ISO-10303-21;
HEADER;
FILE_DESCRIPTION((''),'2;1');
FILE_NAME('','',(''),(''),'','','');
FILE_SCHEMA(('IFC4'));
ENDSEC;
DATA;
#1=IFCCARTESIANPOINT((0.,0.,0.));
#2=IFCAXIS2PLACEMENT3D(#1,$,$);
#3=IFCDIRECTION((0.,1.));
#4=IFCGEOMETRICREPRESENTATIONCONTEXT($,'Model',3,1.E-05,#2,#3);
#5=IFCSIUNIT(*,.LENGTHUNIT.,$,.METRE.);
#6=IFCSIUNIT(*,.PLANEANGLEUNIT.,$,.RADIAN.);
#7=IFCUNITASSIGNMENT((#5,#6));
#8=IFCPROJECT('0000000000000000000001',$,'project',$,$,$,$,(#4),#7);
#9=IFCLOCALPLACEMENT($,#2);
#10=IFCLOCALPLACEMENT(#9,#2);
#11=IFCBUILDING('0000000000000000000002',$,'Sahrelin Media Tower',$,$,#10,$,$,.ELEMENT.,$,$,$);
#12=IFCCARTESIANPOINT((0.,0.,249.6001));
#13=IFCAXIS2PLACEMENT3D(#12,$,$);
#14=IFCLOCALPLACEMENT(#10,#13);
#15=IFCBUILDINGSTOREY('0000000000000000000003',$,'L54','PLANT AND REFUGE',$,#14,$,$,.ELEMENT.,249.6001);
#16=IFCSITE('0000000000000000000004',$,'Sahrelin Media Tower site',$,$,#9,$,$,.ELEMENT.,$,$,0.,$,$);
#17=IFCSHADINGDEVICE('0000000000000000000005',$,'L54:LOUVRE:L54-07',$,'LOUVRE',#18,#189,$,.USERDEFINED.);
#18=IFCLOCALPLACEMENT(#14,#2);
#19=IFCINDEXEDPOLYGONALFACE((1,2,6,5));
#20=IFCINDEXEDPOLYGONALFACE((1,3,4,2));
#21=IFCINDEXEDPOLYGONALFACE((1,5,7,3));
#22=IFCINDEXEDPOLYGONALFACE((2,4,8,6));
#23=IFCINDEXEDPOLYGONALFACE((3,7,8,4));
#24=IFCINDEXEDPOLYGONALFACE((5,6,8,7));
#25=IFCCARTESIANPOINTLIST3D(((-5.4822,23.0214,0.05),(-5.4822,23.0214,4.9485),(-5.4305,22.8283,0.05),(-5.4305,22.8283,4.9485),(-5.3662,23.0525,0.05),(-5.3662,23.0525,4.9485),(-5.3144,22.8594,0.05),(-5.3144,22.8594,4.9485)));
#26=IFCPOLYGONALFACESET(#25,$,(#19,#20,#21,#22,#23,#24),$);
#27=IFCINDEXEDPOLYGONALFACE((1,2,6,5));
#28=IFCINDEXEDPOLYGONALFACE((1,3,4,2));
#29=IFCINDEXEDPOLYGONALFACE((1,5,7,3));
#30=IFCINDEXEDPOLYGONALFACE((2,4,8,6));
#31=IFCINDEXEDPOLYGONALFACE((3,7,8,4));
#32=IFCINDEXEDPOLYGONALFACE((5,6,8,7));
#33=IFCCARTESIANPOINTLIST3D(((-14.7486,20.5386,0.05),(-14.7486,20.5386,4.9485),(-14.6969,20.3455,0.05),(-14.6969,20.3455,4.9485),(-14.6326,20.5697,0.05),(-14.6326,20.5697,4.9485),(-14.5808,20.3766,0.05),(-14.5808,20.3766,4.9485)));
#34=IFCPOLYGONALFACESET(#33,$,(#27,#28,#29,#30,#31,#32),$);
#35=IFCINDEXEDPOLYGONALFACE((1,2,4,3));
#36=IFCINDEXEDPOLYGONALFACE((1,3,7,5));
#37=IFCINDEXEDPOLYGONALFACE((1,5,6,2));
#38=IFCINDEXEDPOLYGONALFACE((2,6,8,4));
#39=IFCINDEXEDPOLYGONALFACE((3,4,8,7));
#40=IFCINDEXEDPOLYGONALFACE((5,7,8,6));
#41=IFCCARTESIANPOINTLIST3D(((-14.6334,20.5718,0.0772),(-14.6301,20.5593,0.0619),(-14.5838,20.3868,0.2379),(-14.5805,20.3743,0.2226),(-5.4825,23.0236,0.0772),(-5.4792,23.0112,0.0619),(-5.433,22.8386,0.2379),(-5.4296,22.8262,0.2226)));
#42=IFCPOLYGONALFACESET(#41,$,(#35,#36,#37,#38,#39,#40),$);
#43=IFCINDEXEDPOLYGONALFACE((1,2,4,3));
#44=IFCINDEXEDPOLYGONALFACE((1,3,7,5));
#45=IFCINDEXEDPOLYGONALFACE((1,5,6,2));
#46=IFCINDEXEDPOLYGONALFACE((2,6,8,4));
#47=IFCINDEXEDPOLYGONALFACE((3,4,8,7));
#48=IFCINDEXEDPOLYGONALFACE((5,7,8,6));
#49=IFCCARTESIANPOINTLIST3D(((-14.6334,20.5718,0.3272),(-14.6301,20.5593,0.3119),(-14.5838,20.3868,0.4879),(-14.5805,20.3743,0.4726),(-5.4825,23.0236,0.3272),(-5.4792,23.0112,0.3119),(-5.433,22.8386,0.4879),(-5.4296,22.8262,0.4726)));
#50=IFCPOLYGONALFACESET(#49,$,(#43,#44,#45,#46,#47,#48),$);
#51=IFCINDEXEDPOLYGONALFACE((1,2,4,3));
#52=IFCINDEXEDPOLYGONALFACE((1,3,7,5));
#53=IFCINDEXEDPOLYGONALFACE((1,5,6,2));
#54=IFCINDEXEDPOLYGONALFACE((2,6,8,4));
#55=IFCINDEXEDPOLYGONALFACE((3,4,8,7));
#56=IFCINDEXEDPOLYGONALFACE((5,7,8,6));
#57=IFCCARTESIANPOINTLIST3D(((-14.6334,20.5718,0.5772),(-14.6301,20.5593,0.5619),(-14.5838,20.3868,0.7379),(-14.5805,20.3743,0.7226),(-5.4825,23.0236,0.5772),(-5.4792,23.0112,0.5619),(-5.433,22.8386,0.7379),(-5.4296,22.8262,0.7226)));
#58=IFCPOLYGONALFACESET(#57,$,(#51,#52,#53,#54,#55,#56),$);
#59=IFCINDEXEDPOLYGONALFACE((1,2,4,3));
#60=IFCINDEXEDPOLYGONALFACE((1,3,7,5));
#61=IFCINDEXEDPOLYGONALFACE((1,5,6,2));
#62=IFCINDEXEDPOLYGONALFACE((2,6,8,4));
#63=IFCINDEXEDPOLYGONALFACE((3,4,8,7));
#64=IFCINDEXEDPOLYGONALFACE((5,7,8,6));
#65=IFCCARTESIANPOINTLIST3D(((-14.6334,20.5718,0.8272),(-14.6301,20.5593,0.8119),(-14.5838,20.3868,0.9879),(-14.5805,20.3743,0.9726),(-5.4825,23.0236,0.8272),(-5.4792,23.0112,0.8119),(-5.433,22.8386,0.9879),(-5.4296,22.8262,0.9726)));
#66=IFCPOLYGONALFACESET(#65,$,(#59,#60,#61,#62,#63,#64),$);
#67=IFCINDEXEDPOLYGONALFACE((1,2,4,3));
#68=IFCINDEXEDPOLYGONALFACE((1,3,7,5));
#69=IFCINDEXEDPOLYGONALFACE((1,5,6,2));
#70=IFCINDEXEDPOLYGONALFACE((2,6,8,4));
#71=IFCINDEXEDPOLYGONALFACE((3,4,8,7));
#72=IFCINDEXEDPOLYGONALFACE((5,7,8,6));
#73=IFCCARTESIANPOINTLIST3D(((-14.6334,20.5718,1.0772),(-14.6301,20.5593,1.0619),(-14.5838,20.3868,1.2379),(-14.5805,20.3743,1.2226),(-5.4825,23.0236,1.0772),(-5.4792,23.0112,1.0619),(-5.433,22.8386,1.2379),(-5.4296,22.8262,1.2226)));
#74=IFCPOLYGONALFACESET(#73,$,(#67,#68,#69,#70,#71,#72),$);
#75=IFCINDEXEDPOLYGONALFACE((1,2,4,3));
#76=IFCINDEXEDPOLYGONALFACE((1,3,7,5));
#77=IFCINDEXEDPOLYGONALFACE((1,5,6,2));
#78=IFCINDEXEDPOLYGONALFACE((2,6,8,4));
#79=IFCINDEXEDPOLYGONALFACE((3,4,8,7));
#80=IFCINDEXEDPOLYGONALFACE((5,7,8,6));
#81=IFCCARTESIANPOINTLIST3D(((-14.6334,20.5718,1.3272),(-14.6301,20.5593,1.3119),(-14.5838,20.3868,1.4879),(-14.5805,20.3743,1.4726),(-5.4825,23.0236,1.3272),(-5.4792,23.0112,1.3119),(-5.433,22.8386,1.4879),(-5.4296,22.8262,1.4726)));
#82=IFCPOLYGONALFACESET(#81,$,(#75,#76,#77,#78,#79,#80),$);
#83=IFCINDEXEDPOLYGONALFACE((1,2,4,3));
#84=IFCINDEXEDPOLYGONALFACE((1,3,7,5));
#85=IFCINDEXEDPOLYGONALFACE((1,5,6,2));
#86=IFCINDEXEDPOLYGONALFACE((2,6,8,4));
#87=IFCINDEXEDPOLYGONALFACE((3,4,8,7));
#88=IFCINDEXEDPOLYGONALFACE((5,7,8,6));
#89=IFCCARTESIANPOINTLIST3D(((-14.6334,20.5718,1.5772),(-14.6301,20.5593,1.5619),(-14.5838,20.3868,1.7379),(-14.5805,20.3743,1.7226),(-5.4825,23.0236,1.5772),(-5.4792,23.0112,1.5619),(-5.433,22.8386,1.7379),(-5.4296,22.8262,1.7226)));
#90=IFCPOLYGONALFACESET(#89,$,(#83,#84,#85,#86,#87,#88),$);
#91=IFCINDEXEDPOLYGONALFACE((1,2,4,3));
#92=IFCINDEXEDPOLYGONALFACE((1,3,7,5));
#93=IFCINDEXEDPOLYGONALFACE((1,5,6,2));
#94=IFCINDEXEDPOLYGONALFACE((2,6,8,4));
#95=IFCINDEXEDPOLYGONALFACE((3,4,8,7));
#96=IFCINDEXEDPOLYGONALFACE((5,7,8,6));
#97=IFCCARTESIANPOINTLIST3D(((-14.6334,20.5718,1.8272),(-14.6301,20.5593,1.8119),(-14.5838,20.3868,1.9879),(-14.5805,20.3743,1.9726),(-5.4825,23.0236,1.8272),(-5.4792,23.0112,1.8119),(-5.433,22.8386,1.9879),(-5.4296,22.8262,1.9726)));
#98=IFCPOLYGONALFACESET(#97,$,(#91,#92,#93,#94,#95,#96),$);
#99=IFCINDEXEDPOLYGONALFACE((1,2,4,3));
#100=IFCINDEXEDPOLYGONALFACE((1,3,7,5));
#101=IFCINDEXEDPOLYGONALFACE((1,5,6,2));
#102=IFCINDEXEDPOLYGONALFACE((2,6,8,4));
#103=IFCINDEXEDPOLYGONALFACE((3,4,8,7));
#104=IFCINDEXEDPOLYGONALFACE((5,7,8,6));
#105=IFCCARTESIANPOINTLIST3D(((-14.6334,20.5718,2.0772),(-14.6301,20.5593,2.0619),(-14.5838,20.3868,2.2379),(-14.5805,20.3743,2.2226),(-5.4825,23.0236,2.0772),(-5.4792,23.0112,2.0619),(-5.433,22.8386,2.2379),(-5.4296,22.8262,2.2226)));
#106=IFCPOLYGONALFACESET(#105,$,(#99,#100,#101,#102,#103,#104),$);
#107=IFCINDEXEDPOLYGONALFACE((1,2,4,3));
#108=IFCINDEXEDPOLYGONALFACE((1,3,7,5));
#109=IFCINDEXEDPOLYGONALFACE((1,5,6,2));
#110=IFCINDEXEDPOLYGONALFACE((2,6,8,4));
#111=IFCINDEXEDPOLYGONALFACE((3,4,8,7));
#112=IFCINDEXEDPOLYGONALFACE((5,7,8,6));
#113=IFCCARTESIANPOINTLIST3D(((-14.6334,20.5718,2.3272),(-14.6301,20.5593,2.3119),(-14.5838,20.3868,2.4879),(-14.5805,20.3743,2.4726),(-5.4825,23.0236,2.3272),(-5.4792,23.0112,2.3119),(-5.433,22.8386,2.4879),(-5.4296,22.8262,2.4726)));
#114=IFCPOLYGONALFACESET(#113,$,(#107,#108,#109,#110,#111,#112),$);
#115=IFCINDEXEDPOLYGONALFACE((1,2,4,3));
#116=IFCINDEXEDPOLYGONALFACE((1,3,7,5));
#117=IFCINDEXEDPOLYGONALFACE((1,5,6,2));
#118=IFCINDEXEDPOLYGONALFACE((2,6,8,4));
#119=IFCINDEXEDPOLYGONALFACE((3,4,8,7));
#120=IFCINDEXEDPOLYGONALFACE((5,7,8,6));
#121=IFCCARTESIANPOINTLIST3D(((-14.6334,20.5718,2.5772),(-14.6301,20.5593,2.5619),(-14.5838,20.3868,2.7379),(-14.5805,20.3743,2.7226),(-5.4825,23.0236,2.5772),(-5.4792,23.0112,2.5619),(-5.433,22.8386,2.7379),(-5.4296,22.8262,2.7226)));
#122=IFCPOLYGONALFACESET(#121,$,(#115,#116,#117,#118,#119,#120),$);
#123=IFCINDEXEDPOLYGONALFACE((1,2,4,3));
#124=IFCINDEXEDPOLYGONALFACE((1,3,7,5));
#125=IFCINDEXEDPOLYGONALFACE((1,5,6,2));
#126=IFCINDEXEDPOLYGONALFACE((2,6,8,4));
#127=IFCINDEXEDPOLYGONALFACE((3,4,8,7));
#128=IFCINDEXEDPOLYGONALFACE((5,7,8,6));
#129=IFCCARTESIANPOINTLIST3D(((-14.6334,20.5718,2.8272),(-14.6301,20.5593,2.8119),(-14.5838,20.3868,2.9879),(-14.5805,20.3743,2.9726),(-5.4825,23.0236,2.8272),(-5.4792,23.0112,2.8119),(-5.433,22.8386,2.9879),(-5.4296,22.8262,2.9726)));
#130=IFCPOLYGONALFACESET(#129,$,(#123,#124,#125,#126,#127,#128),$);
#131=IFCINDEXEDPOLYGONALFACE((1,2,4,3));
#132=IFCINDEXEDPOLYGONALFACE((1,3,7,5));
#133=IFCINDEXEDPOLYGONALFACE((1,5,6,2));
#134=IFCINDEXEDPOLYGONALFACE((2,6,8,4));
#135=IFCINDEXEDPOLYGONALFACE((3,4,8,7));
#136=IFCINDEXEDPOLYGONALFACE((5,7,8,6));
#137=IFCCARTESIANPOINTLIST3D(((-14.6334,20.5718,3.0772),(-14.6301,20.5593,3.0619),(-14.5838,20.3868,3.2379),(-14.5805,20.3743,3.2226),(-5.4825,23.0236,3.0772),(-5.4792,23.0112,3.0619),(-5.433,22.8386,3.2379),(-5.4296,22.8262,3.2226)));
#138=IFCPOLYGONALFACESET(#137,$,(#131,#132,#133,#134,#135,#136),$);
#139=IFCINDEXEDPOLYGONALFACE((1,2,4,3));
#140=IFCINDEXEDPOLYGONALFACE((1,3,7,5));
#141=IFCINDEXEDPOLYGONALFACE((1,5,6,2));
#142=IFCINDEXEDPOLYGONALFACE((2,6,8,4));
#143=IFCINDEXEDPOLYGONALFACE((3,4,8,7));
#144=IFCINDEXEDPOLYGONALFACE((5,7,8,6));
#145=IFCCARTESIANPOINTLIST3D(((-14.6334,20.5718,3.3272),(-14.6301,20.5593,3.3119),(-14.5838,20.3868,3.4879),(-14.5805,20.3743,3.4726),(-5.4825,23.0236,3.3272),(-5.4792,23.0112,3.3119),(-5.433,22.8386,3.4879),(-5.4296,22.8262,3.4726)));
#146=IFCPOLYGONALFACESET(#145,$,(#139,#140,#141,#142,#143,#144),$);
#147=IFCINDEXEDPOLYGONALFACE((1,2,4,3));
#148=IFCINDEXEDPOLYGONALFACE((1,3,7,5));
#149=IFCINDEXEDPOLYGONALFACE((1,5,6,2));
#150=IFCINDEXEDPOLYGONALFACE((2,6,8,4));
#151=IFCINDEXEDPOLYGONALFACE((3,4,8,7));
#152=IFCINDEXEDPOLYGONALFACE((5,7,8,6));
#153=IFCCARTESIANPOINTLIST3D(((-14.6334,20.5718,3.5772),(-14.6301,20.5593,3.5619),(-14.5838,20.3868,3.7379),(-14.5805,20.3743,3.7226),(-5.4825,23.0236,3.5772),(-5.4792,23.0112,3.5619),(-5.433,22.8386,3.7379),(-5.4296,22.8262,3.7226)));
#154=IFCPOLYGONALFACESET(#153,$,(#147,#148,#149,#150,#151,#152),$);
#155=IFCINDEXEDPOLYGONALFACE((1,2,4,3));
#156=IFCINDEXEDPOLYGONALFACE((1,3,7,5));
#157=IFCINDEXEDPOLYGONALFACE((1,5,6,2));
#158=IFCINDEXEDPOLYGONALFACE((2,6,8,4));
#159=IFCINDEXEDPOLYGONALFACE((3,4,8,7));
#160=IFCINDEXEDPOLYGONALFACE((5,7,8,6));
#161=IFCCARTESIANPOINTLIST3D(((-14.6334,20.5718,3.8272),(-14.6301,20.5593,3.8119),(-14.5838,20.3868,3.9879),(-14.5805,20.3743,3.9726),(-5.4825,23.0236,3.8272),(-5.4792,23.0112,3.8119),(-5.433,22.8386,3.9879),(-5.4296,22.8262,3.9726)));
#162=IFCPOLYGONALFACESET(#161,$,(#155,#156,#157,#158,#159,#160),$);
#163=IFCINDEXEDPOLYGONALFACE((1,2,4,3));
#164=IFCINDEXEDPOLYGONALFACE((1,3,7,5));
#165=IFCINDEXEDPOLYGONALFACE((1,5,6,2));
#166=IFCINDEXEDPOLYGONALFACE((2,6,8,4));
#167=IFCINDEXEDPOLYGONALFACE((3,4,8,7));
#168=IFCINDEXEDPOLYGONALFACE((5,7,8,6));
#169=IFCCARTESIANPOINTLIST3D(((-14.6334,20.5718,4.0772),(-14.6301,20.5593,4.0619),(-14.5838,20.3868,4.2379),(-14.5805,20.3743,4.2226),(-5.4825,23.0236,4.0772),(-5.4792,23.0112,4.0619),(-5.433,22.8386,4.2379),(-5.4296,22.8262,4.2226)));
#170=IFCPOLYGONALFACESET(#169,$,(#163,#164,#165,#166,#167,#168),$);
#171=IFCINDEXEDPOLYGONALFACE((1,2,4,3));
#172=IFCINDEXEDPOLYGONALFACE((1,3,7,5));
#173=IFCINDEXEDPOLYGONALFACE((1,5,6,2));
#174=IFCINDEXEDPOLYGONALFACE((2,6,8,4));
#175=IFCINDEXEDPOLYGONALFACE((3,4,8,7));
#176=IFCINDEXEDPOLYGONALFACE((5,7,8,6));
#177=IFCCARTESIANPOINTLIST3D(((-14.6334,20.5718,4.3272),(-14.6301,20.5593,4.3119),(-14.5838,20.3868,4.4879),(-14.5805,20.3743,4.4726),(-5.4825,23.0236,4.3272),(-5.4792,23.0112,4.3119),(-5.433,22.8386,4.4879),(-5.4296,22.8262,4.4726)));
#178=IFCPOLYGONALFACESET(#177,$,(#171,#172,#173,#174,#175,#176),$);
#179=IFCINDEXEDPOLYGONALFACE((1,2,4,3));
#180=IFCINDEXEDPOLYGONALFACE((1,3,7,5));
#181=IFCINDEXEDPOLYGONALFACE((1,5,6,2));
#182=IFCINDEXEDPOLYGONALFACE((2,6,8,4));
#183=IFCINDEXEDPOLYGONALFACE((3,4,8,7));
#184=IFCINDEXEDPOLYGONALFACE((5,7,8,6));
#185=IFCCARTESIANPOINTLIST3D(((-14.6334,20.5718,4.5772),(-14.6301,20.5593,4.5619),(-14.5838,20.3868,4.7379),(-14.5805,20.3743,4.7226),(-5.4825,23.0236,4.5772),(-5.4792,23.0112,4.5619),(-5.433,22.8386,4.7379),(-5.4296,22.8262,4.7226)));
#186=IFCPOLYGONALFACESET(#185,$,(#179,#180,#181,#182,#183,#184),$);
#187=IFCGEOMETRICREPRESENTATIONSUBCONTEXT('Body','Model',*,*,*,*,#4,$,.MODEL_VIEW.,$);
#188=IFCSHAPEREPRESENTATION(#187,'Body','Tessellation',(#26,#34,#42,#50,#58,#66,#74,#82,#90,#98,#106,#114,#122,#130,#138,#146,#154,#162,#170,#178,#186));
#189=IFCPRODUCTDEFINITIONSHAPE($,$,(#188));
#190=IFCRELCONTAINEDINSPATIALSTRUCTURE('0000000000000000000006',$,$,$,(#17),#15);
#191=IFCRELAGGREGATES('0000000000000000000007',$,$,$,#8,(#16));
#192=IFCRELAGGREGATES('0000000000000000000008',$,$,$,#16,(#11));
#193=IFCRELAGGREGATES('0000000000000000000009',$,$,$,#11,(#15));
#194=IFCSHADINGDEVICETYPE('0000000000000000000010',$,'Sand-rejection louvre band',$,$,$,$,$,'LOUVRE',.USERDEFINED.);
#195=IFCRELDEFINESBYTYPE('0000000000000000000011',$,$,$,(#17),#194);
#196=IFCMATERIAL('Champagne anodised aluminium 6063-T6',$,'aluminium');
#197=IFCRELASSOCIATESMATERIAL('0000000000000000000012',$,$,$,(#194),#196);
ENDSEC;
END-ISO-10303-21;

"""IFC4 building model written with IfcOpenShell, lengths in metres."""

from ifc_helpers import new_model, si_unit, direction, frame, origin, origin_2d, place, context, subcontext, project, spatial, rectangle, extrude, material, type_object, element, save


model = new_model("IFC4")

# Units and contexts
model_context = context("Model", 3, precision=1e-05, world=origin(), true_north=direction((0.0, 1.0)))
body_context = subcontext(model_context, "Body", "Model", "MODEL_VIEW")
ifc_project = project(units=[si_unit("LENGTHUNIT", "METRE"), si_unit("PLANEANGLEUNIT", "RADIAN")], contexts=[model_context])

# Site, building, storey
site_placement = place(None, origin())
site = spatial("IfcSite", under=ifc_project, at=site_placement, Name="Sahrelin Media Tower site", CompositionType="ELEMENT", RefElevation=0.0)
building_placement = place(site_placement, origin())
building = spatial("IfcBuilding", under=site, at=building_placement, Name="Sahrelin Media Tower", CompositionType="ELEMENT")
storey_placement = place(building_placement, frame((0.0, 0.0, 249.6001)))
storey = spatial("IfcBuildingStorey", under=building, at=storey_placement, Name="L54", Description="PLANT AND REFUGE", CompositionType="ELEMENT", Elevation=249.6001)

# Shading device
ifc_material_1 = material(Name="Champagne anodised aluminium 6063-T6", Category="aluminium")
shading_device_type = type_object("IfcShadingDeviceType", Name="Sand-rejection louvre band", ElementType="LOUVRE", PredefinedType="USERDEFINED", material=ifc_material_1)
shading_device_1_placement = place(storey_placement, frame((-10.0056, 21.6023, 0.0), z_axis=(0.0, 0.0, 1.0), x_axis=(0.965929, 0.258808, 0.0)))
element("IfcShadingDevice", 1, at=shading_device_1_placement, inside=storey, type_object=shading_device_type, Name="L54:LOUVRE:L54-07", ObjectType="LOUVRE", PredefinedType="USERDEFINED", context=body_context, shape_type="SweptSolid", body=[
    extrude(rectangle(XDim=0.1201, YDim=0.2, at=origin_2d()), frame((4.7966, 0.1001, 0.05), z_axis=(0.0, 0.0, 1.0), x_axis=(1.0, 0.0, 0.0)), (0.0, 0.0, 1.0), 4.8984),
    extrude(rectangle(XDim=0.1201, YDim=0.2, at=origin_2d()), frame((-4.7966, 0.1001, 0.05), z_axis=(0.0, 0.0, 1.0), x_axis=(1.0, 0.0, 0.0)), (0.0, 0.0, 1.0), 4.8984),
    extrude(rectangle(XDim=0.25, YDim=0.02, at=origin_2d()), frame((4.7368, 0.1001, 0.1499), z_axis=(-1.0, 0.0, 0.0), x_axis=(0.0, -0.766044, 0.642788)), (0.0, 0.0, 1.0), 9.4736),
    extrude(rectangle(XDim=0.25, YDim=0.02, at=origin_2d()), frame((4.7368, 0.1001, 0.3999), z_axis=(-1.0, 0.0, 0.0), x_axis=(0.0, -0.766044, 0.642788)), (0.0, 0.0, 1.0), 9.4736),
    extrude(rectangle(XDim=0.25, YDim=0.02, at=origin_2d()), frame((4.7368, 0.1001, 0.6499), z_axis=(-1.0, 0.0, 0.0), x_axis=(0.0, -0.766044, 0.642788)), (0.0, 0.0, 1.0), 9.4736),
    extrude(rectangle(XDim=0.25, YDim=0.02, at=origin_2d()), frame((4.7368, 0.1001, 0.8999), z_axis=(-1.0, 0.0, 0.0), x_axis=(0.0, -0.766044, 0.642788)), (0.0, 0.0, 1.0), 9.4736),
    extrude(rectangle(XDim=0.25, YDim=0.02, at=origin_2d()), frame((4.7368, 0.1001, 1.1499), z_axis=(-1.0, 0.0, 0.0), x_axis=(0.0, -0.766044, 0.642788)), (0.0, 0.0, 1.0), 9.4736),
    extrude(rectangle(XDim=0.25, YDim=0.02, at=origin_2d()), frame((4.7368, 0.1001, 1.3999), z_axis=(-1.0, 0.0, 0.0), x_axis=(0.0, -0.766044, 0.642788)), (0.0, 0.0, 1.0), 9.4736),
    extrude(rectangle(XDim=0.25, YDim=0.02, at=origin_2d()), frame((4.7368, 0.1001, 1.6499), z_axis=(-1.0, 0.0, 0.0), x_axis=(0.0, -0.766044, 0.642788)), (0.0, 0.0, 1.0), 9.4736),
    extrude(rectangle(XDim=0.25, YDim=0.02, at=origin_2d()), frame((4.7368, 0.1001, 1.8999), z_axis=(-1.0, 0.0, 0.0), x_axis=(0.0, -0.766044, 0.642788)), (0.0, 0.0, 1.0), 9.4736),
    extrude(rectangle(XDim=0.25, YDim=0.02, at=origin_2d()), frame((4.7368, 0.1001, 2.1499), z_axis=(-1.0, 0.0, 0.0), x_axis=(0.0, -0.766044, 0.642788)), (0.0, 0.0, 1.0), 9.4736),
    extrude(rectangle(XDim=0.25, YDim=0.02, at=origin_2d()), frame((4.7368, 0.1001, 2.3999), z_axis=(-1.0, 0.0, 0.0), x_axis=(0.0, -0.766044, 0.642788)), (0.0, 0.0, 1.0), 9.4736),
    extrude(rectangle(XDim=0.25, YDim=0.02, at=origin_2d()), frame((4.7368, 0.1001, 2.6499), z_axis=(-1.0, 0.0, 0.0), x_axis=(0.0, -0.766044, 0.642788)), (0.0, 0.0, 1.0), 9.4736),
    extrude(rectangle(XDim=0.25, YDim=0.02, at=origin_2d()), frame((4.7368, 0.1001, 2.8999), z_axis=(-1.0, 0.0, 0.0), x_axis=(0.0, -0.766044, 0.642788)), (0.0, 0.0, 1.0), 9.4736),
    extrude(rectangle(XDim=0.25, YDim=0.02, at=origin_2d()), frame((4.7368, 0.1001, 3.1499), z_axis=(-1.0, 0.0, 0.0), x_axis=(0.0, -0.766044, 0.642788)), (0.0, 0.0, 1.0), 9.4736),
    extrude(rectangle(XDim=0.25, YDim=0.02, at=origin_2d()), frame((4.7368, 0.1001, 3.3999), z_axis=(-1.0, 0.0, 0.0), x_axis=(0.0, -0.766044, 0.642788)), (0.0, 0.0, 1.0), 9.4736),
    extrude(rectangle(XDim=0.25, YDim=0.02, at=origin_2d()), frame((4.7368, 0.1001, 3.6499), z_axis=(-1.0, 0.0, 0.0), x_axis=(0.0, -0.766044, 0.642788)), (0.0, 0.0, 1.0), 9.4736),
    extrude(rectangle(XDim=0.25, YDim=0.02, at=origin_2d()), frame((4.7368, 0.1001, 3.8999), z_axis=(-1.0, 0.0, 0.0), x_axis=(0.0, -0.766044, 0.642788)), (0.0, 0.0, 1.0), 9.4736),
    extrude(rectangle(XDim=0.25, YDim=0.02, at=origin_2d()), frame((4.7368, 0.1001, 4.1499), z_axis=(-1.0, 0.0, 0.0), x_axis=(0.0, -0.766044, 0.642788)), (0.0, 0.0, 1.0), 9.4736),
    extrude(rectangle(XDim=0.25, YDim=0.02, at=origin_2d()), frame((4.7368, 0.1001, 4.3999), z_axis=(-1.0, 0.0, 0.0), x_axis=(0.0, -0.766044, 0.642788)), (0.0, 0.0, 1.0), 9.4736),
    extrude(rectangle(XDim=0.25, YDim=0.02, at=origin_2d()), frame((4.7368, 0.1001, 4.6499), z_axis=(-1.0, 0.0, 0.0), x_axis=(0.0, -0.766044, 0.642788)), (0.0, 0.0, 1.0), 9.4736),
])

save(model, "model.ifc")
